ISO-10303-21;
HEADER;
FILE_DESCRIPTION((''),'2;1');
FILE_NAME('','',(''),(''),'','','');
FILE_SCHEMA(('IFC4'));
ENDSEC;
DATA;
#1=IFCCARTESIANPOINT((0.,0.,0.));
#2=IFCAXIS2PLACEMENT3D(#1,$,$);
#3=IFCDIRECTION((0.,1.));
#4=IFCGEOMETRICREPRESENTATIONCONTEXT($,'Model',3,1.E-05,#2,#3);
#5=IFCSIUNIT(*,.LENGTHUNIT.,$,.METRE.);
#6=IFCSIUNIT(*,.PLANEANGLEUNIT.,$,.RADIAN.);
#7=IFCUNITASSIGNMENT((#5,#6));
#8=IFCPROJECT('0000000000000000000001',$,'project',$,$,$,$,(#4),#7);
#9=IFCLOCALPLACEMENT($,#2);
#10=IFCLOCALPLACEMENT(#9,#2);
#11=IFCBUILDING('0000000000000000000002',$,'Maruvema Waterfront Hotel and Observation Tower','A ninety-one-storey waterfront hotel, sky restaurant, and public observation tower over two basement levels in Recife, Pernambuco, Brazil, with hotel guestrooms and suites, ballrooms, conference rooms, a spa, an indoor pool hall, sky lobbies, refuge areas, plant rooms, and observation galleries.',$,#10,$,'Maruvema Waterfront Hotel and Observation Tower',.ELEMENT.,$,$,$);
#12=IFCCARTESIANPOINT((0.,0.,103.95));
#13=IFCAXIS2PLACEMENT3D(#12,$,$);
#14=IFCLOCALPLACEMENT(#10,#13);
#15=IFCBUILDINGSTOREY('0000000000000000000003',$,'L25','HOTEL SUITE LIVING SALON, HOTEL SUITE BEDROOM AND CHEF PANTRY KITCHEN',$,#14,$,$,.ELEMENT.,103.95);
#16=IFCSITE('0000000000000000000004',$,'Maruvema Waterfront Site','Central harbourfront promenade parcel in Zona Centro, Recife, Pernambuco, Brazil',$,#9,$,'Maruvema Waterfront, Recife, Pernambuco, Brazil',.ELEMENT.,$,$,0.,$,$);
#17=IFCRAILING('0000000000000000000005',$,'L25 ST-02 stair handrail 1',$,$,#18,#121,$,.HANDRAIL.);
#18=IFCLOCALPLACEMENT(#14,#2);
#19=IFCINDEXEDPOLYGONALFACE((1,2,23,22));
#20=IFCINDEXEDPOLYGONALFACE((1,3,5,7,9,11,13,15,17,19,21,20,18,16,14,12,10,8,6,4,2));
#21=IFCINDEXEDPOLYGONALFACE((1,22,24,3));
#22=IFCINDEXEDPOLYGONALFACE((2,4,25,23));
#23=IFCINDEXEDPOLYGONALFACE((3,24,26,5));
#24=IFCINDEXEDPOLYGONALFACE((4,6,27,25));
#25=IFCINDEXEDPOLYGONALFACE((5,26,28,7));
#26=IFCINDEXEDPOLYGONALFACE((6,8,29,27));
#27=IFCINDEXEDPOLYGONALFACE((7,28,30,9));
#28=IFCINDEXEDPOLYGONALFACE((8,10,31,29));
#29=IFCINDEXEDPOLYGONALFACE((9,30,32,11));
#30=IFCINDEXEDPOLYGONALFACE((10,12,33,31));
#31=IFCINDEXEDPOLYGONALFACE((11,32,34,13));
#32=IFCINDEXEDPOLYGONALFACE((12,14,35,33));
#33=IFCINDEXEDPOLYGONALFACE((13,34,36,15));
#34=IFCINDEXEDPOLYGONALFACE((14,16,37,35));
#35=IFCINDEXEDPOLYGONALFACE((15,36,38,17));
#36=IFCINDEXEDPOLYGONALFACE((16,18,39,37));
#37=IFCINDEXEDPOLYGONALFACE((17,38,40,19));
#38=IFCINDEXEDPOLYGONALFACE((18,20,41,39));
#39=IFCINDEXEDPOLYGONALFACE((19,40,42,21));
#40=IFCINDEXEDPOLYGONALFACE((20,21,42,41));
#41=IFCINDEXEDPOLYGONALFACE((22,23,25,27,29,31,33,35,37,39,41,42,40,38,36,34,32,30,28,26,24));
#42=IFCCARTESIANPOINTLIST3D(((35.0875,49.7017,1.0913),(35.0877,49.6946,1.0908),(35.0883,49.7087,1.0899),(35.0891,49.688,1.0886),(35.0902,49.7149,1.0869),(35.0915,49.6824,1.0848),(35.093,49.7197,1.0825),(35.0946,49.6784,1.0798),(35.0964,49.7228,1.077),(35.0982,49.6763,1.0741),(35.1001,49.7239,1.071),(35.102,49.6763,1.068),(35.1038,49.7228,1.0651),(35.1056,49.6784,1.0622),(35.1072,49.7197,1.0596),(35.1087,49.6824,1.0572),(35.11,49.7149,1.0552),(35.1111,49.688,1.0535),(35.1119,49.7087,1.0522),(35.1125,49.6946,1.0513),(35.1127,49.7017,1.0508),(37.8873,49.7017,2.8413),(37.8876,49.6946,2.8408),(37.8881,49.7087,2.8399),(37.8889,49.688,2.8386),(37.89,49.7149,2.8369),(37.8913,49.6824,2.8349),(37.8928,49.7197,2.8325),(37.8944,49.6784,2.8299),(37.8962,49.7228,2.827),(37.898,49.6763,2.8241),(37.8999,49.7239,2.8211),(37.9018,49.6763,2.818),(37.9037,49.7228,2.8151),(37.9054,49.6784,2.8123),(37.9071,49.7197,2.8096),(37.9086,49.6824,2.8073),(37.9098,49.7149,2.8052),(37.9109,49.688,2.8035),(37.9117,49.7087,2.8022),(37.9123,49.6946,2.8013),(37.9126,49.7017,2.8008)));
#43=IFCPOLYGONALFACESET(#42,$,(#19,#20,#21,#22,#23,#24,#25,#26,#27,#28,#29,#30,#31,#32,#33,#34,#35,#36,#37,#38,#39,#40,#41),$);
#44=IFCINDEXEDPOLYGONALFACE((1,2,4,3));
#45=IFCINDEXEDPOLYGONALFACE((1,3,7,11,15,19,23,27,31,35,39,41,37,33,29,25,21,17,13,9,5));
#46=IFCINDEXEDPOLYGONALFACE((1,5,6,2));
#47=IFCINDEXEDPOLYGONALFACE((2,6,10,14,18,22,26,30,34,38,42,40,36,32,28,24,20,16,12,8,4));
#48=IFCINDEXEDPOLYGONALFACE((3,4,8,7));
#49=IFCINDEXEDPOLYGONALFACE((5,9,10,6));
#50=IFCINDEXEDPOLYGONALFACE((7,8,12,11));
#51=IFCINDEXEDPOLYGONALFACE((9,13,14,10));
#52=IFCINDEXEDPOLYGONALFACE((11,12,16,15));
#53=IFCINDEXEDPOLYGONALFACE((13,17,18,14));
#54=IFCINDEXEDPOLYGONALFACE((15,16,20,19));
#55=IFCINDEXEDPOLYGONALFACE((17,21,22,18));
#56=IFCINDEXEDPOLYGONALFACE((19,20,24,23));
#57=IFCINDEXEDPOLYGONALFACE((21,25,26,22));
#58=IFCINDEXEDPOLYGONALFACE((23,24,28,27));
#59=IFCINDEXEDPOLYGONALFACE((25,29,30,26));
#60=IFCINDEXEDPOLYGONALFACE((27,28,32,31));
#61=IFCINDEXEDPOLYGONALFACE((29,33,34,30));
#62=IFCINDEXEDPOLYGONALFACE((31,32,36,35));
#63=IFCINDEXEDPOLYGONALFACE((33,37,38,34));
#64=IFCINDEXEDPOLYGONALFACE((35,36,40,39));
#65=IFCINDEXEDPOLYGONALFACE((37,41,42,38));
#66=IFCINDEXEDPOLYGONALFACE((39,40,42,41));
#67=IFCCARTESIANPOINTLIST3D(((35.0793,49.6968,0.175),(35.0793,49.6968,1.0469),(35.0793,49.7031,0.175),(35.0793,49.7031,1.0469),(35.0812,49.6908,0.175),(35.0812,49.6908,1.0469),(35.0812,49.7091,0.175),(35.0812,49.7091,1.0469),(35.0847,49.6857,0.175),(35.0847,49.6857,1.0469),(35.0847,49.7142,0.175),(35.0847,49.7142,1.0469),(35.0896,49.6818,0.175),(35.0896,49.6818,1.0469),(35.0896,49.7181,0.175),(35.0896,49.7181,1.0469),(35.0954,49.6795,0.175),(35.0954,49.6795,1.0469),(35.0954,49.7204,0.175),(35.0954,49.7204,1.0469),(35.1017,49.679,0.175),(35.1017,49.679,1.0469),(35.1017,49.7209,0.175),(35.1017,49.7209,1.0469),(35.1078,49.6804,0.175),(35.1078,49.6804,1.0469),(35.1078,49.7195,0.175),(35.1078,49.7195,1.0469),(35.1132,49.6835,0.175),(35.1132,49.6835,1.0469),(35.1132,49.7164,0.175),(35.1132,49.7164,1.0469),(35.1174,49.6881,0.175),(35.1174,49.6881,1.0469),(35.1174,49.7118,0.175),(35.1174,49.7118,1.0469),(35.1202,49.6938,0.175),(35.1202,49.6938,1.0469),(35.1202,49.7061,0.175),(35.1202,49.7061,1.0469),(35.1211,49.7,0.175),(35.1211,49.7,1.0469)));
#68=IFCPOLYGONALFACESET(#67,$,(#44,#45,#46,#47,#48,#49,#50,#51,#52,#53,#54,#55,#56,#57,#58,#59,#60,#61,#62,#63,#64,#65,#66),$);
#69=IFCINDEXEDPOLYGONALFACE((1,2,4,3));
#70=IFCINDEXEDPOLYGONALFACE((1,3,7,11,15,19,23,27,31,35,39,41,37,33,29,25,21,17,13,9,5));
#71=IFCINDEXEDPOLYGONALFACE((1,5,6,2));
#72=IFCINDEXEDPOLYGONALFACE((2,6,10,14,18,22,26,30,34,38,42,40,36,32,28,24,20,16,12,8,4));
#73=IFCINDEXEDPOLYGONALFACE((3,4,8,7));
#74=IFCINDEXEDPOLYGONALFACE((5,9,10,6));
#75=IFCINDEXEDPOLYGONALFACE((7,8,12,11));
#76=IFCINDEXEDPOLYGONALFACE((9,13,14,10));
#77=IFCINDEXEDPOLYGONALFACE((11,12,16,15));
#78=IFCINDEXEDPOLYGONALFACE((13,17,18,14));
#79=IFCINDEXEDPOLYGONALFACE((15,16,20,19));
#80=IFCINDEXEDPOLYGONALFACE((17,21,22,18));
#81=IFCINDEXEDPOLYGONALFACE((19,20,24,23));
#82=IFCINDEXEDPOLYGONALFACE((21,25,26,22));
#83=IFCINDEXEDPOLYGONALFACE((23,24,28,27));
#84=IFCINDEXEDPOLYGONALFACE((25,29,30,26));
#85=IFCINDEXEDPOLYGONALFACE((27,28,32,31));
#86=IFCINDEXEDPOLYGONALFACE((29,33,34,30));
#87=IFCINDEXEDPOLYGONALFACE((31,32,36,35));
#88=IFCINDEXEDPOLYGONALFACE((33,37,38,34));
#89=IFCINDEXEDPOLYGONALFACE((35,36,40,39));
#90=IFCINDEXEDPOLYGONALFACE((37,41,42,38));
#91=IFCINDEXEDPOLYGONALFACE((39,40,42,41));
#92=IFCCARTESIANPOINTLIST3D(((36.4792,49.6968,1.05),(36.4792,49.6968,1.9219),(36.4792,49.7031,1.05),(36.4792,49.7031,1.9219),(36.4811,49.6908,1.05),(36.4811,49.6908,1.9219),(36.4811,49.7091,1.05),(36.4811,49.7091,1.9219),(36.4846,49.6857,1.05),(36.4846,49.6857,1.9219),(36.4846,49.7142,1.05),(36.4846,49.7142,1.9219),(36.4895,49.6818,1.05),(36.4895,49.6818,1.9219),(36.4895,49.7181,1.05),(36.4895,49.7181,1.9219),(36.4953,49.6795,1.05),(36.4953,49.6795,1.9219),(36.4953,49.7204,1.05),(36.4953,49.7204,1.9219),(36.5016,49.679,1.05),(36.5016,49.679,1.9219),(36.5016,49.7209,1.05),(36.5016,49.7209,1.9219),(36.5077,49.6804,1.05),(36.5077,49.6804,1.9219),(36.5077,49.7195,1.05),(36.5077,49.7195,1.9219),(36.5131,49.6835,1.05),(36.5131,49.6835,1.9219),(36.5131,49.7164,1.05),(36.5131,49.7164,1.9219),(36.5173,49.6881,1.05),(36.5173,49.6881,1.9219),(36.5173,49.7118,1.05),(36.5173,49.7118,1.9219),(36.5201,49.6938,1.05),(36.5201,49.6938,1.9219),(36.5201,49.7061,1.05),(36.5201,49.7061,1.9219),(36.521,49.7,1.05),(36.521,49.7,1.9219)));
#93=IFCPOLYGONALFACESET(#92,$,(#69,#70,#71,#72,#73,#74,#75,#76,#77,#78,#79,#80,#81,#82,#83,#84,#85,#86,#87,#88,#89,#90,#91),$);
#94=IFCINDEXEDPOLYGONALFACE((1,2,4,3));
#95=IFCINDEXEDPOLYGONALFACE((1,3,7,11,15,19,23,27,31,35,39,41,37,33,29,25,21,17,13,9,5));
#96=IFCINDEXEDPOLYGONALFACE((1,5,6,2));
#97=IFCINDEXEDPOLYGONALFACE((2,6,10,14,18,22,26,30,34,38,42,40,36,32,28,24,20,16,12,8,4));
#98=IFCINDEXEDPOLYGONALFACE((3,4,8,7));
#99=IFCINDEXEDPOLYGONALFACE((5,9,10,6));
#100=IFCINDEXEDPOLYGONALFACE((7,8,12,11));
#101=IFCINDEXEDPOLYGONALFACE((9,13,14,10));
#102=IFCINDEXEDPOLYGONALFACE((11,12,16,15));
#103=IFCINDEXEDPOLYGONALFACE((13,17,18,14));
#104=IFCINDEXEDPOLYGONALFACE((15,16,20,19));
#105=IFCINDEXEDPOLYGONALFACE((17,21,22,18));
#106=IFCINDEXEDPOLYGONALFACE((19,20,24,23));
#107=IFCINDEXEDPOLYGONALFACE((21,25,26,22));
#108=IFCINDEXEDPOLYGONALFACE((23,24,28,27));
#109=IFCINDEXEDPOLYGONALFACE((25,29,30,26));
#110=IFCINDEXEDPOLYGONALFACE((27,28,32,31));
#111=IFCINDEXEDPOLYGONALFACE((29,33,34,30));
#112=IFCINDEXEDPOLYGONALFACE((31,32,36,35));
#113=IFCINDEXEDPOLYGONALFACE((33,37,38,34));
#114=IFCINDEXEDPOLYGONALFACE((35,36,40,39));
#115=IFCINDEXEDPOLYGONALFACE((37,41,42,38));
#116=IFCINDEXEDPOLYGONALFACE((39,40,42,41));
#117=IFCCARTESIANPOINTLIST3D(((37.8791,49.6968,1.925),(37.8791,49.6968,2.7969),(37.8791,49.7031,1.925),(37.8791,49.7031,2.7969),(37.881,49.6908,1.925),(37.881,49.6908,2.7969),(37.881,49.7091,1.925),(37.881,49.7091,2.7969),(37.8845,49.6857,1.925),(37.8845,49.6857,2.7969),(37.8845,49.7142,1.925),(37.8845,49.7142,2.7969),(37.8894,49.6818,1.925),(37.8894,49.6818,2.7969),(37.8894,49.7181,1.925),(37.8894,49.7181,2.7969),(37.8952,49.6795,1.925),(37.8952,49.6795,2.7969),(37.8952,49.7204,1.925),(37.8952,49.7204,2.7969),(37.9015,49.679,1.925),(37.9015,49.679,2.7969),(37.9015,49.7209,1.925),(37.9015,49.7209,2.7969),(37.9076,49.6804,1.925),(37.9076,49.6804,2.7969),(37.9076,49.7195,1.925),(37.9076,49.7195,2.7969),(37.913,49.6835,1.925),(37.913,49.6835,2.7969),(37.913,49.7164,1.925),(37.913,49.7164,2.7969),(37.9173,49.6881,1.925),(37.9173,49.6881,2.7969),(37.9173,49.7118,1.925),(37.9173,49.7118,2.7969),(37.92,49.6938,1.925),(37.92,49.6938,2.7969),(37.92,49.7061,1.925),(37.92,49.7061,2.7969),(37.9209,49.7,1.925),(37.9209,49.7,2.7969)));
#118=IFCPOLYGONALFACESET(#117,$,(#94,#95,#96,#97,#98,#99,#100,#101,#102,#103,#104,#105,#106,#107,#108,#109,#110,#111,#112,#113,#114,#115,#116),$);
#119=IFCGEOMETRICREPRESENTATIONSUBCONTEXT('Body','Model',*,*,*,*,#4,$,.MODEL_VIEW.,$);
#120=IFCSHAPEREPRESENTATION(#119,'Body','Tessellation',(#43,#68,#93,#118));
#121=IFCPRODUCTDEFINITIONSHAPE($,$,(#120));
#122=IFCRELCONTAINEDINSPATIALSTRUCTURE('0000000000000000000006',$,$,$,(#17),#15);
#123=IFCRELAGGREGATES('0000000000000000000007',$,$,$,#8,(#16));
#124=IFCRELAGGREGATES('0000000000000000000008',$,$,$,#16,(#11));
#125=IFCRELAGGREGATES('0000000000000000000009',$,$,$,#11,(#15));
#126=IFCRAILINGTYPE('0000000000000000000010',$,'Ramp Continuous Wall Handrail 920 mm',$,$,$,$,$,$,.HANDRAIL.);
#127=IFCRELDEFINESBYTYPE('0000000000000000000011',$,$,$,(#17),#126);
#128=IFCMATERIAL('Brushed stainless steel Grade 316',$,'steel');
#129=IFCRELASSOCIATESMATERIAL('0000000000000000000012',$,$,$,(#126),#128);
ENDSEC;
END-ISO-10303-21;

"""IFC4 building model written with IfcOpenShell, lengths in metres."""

from ifc_helpers import new_model, si_unit, direction, frame, origin, origin_2d, place, context, subcontext, project, spatial, circle, extrude, material, type_object, element, save


model = new_model("IFC4")

# Units and contexts
model_context = context("Model", 3, precision=1e-05, world=origin(), true_north=direction((0.0, 1.0)))
body_context = subcontext(model_context, "Body", "Model", "MODEL_VIEW")
ifc_project = project(units=[si_unit("LENGTHUNIT", "METRE"), si_unit("PLANEANGLEUNIT", "RADIAN")], contexts=[model_context])

# Site, building, storey
site_placement = place(None, origin())
site = spatial("IfcSite", under=ifc_project, at=site_placement, Name="Maruvema Waterfront Site", Description="Central harbourfront promenade parcel in Zona Centro, Recife, Pernambuco, Brazil", LongName="Maruvema Waterfront, Recife, Pernambuco, Brazil", CompositionType="ELEMENT", RefElevation=0.0)
building_placement = place(site_placement, origin())
building = spatial("IfcBuilding", under=site, at=building_placement, Name="Maruvema Waterfront Hotel and Observation Tower", Description="A ninety-one-storey waterfront hotel, sky restaurant, and public observation tower over two basement levels in Recife, Pernambuco, Brazil, with hotel guestrooms and suites, ballrooms, conference rooms, a spa, an indoor pool hall, sky lobbies, refuge areas, plant rooms, and observation galleries.", LongName="Maruvema Waterfront Hotel and Observation Tower", CompositionType="ELEMENT")
storey_placement = place(building_placement, frame((0.0, 0.0, 103.95)))
storey = spatial("IfcBuildingStorey", under=building, at=storey_placement, Name="L25", Description="HOTEL SUITE LIVING SALON, HOTEL SUITE BEDROOM AND CHEF PANTRY KITCHEN", CompositionType="ELEMENT", Elevation=103.95)

# Railing
ifc_material_1 = material(Name="Brushed stainless steel Grade 316", Category="steel")
railing_type_1 = type_object("IfcRailingType", Name="Ramp Continuous Wall Handrail 920 mm", PredefinedType="HANDRAIL", material=ifc_material_1)
railing_1_placement = place(storey_placement, frame((35.1001, 49.7, 0.175)))
element("IfcRailing", 1, at=railing_1_placement, inside=storey, type_object=railing_type_1, Name="L25 ST-02 stair handrail 1", PredefinedType="HANDRAIL", context=body_context, shape_type="SweptSolid", body=[
    extrude(circle(Radius=0.0239, at=origin_2d()), frame((0.0, 0.0, 0.896), z_axis=(0.847982, 0.0, 0.530026), x_axis=(0.0, 1.0, 0.0)), (0.0, 0.0, 1.0), 3.3018),
    extrude(circle(Radius=0.021, at=origin_2d()), origin(), (0.0, 0.0, 1.0), 0.8718),
    extrude(circle(Radius=0.021, at=origin_2d()), frame((1.3999, 0.0, 0.875)), (0.0, 0.0, 1.0), 0.8718),
    extrude(circle(Radius=0.021, at=origin_2d()), frame((2.7998, 0.0, 1.75)), (0.0, 0.0, 1.0), 0.8718),
])

save(model, "model.ifc")
